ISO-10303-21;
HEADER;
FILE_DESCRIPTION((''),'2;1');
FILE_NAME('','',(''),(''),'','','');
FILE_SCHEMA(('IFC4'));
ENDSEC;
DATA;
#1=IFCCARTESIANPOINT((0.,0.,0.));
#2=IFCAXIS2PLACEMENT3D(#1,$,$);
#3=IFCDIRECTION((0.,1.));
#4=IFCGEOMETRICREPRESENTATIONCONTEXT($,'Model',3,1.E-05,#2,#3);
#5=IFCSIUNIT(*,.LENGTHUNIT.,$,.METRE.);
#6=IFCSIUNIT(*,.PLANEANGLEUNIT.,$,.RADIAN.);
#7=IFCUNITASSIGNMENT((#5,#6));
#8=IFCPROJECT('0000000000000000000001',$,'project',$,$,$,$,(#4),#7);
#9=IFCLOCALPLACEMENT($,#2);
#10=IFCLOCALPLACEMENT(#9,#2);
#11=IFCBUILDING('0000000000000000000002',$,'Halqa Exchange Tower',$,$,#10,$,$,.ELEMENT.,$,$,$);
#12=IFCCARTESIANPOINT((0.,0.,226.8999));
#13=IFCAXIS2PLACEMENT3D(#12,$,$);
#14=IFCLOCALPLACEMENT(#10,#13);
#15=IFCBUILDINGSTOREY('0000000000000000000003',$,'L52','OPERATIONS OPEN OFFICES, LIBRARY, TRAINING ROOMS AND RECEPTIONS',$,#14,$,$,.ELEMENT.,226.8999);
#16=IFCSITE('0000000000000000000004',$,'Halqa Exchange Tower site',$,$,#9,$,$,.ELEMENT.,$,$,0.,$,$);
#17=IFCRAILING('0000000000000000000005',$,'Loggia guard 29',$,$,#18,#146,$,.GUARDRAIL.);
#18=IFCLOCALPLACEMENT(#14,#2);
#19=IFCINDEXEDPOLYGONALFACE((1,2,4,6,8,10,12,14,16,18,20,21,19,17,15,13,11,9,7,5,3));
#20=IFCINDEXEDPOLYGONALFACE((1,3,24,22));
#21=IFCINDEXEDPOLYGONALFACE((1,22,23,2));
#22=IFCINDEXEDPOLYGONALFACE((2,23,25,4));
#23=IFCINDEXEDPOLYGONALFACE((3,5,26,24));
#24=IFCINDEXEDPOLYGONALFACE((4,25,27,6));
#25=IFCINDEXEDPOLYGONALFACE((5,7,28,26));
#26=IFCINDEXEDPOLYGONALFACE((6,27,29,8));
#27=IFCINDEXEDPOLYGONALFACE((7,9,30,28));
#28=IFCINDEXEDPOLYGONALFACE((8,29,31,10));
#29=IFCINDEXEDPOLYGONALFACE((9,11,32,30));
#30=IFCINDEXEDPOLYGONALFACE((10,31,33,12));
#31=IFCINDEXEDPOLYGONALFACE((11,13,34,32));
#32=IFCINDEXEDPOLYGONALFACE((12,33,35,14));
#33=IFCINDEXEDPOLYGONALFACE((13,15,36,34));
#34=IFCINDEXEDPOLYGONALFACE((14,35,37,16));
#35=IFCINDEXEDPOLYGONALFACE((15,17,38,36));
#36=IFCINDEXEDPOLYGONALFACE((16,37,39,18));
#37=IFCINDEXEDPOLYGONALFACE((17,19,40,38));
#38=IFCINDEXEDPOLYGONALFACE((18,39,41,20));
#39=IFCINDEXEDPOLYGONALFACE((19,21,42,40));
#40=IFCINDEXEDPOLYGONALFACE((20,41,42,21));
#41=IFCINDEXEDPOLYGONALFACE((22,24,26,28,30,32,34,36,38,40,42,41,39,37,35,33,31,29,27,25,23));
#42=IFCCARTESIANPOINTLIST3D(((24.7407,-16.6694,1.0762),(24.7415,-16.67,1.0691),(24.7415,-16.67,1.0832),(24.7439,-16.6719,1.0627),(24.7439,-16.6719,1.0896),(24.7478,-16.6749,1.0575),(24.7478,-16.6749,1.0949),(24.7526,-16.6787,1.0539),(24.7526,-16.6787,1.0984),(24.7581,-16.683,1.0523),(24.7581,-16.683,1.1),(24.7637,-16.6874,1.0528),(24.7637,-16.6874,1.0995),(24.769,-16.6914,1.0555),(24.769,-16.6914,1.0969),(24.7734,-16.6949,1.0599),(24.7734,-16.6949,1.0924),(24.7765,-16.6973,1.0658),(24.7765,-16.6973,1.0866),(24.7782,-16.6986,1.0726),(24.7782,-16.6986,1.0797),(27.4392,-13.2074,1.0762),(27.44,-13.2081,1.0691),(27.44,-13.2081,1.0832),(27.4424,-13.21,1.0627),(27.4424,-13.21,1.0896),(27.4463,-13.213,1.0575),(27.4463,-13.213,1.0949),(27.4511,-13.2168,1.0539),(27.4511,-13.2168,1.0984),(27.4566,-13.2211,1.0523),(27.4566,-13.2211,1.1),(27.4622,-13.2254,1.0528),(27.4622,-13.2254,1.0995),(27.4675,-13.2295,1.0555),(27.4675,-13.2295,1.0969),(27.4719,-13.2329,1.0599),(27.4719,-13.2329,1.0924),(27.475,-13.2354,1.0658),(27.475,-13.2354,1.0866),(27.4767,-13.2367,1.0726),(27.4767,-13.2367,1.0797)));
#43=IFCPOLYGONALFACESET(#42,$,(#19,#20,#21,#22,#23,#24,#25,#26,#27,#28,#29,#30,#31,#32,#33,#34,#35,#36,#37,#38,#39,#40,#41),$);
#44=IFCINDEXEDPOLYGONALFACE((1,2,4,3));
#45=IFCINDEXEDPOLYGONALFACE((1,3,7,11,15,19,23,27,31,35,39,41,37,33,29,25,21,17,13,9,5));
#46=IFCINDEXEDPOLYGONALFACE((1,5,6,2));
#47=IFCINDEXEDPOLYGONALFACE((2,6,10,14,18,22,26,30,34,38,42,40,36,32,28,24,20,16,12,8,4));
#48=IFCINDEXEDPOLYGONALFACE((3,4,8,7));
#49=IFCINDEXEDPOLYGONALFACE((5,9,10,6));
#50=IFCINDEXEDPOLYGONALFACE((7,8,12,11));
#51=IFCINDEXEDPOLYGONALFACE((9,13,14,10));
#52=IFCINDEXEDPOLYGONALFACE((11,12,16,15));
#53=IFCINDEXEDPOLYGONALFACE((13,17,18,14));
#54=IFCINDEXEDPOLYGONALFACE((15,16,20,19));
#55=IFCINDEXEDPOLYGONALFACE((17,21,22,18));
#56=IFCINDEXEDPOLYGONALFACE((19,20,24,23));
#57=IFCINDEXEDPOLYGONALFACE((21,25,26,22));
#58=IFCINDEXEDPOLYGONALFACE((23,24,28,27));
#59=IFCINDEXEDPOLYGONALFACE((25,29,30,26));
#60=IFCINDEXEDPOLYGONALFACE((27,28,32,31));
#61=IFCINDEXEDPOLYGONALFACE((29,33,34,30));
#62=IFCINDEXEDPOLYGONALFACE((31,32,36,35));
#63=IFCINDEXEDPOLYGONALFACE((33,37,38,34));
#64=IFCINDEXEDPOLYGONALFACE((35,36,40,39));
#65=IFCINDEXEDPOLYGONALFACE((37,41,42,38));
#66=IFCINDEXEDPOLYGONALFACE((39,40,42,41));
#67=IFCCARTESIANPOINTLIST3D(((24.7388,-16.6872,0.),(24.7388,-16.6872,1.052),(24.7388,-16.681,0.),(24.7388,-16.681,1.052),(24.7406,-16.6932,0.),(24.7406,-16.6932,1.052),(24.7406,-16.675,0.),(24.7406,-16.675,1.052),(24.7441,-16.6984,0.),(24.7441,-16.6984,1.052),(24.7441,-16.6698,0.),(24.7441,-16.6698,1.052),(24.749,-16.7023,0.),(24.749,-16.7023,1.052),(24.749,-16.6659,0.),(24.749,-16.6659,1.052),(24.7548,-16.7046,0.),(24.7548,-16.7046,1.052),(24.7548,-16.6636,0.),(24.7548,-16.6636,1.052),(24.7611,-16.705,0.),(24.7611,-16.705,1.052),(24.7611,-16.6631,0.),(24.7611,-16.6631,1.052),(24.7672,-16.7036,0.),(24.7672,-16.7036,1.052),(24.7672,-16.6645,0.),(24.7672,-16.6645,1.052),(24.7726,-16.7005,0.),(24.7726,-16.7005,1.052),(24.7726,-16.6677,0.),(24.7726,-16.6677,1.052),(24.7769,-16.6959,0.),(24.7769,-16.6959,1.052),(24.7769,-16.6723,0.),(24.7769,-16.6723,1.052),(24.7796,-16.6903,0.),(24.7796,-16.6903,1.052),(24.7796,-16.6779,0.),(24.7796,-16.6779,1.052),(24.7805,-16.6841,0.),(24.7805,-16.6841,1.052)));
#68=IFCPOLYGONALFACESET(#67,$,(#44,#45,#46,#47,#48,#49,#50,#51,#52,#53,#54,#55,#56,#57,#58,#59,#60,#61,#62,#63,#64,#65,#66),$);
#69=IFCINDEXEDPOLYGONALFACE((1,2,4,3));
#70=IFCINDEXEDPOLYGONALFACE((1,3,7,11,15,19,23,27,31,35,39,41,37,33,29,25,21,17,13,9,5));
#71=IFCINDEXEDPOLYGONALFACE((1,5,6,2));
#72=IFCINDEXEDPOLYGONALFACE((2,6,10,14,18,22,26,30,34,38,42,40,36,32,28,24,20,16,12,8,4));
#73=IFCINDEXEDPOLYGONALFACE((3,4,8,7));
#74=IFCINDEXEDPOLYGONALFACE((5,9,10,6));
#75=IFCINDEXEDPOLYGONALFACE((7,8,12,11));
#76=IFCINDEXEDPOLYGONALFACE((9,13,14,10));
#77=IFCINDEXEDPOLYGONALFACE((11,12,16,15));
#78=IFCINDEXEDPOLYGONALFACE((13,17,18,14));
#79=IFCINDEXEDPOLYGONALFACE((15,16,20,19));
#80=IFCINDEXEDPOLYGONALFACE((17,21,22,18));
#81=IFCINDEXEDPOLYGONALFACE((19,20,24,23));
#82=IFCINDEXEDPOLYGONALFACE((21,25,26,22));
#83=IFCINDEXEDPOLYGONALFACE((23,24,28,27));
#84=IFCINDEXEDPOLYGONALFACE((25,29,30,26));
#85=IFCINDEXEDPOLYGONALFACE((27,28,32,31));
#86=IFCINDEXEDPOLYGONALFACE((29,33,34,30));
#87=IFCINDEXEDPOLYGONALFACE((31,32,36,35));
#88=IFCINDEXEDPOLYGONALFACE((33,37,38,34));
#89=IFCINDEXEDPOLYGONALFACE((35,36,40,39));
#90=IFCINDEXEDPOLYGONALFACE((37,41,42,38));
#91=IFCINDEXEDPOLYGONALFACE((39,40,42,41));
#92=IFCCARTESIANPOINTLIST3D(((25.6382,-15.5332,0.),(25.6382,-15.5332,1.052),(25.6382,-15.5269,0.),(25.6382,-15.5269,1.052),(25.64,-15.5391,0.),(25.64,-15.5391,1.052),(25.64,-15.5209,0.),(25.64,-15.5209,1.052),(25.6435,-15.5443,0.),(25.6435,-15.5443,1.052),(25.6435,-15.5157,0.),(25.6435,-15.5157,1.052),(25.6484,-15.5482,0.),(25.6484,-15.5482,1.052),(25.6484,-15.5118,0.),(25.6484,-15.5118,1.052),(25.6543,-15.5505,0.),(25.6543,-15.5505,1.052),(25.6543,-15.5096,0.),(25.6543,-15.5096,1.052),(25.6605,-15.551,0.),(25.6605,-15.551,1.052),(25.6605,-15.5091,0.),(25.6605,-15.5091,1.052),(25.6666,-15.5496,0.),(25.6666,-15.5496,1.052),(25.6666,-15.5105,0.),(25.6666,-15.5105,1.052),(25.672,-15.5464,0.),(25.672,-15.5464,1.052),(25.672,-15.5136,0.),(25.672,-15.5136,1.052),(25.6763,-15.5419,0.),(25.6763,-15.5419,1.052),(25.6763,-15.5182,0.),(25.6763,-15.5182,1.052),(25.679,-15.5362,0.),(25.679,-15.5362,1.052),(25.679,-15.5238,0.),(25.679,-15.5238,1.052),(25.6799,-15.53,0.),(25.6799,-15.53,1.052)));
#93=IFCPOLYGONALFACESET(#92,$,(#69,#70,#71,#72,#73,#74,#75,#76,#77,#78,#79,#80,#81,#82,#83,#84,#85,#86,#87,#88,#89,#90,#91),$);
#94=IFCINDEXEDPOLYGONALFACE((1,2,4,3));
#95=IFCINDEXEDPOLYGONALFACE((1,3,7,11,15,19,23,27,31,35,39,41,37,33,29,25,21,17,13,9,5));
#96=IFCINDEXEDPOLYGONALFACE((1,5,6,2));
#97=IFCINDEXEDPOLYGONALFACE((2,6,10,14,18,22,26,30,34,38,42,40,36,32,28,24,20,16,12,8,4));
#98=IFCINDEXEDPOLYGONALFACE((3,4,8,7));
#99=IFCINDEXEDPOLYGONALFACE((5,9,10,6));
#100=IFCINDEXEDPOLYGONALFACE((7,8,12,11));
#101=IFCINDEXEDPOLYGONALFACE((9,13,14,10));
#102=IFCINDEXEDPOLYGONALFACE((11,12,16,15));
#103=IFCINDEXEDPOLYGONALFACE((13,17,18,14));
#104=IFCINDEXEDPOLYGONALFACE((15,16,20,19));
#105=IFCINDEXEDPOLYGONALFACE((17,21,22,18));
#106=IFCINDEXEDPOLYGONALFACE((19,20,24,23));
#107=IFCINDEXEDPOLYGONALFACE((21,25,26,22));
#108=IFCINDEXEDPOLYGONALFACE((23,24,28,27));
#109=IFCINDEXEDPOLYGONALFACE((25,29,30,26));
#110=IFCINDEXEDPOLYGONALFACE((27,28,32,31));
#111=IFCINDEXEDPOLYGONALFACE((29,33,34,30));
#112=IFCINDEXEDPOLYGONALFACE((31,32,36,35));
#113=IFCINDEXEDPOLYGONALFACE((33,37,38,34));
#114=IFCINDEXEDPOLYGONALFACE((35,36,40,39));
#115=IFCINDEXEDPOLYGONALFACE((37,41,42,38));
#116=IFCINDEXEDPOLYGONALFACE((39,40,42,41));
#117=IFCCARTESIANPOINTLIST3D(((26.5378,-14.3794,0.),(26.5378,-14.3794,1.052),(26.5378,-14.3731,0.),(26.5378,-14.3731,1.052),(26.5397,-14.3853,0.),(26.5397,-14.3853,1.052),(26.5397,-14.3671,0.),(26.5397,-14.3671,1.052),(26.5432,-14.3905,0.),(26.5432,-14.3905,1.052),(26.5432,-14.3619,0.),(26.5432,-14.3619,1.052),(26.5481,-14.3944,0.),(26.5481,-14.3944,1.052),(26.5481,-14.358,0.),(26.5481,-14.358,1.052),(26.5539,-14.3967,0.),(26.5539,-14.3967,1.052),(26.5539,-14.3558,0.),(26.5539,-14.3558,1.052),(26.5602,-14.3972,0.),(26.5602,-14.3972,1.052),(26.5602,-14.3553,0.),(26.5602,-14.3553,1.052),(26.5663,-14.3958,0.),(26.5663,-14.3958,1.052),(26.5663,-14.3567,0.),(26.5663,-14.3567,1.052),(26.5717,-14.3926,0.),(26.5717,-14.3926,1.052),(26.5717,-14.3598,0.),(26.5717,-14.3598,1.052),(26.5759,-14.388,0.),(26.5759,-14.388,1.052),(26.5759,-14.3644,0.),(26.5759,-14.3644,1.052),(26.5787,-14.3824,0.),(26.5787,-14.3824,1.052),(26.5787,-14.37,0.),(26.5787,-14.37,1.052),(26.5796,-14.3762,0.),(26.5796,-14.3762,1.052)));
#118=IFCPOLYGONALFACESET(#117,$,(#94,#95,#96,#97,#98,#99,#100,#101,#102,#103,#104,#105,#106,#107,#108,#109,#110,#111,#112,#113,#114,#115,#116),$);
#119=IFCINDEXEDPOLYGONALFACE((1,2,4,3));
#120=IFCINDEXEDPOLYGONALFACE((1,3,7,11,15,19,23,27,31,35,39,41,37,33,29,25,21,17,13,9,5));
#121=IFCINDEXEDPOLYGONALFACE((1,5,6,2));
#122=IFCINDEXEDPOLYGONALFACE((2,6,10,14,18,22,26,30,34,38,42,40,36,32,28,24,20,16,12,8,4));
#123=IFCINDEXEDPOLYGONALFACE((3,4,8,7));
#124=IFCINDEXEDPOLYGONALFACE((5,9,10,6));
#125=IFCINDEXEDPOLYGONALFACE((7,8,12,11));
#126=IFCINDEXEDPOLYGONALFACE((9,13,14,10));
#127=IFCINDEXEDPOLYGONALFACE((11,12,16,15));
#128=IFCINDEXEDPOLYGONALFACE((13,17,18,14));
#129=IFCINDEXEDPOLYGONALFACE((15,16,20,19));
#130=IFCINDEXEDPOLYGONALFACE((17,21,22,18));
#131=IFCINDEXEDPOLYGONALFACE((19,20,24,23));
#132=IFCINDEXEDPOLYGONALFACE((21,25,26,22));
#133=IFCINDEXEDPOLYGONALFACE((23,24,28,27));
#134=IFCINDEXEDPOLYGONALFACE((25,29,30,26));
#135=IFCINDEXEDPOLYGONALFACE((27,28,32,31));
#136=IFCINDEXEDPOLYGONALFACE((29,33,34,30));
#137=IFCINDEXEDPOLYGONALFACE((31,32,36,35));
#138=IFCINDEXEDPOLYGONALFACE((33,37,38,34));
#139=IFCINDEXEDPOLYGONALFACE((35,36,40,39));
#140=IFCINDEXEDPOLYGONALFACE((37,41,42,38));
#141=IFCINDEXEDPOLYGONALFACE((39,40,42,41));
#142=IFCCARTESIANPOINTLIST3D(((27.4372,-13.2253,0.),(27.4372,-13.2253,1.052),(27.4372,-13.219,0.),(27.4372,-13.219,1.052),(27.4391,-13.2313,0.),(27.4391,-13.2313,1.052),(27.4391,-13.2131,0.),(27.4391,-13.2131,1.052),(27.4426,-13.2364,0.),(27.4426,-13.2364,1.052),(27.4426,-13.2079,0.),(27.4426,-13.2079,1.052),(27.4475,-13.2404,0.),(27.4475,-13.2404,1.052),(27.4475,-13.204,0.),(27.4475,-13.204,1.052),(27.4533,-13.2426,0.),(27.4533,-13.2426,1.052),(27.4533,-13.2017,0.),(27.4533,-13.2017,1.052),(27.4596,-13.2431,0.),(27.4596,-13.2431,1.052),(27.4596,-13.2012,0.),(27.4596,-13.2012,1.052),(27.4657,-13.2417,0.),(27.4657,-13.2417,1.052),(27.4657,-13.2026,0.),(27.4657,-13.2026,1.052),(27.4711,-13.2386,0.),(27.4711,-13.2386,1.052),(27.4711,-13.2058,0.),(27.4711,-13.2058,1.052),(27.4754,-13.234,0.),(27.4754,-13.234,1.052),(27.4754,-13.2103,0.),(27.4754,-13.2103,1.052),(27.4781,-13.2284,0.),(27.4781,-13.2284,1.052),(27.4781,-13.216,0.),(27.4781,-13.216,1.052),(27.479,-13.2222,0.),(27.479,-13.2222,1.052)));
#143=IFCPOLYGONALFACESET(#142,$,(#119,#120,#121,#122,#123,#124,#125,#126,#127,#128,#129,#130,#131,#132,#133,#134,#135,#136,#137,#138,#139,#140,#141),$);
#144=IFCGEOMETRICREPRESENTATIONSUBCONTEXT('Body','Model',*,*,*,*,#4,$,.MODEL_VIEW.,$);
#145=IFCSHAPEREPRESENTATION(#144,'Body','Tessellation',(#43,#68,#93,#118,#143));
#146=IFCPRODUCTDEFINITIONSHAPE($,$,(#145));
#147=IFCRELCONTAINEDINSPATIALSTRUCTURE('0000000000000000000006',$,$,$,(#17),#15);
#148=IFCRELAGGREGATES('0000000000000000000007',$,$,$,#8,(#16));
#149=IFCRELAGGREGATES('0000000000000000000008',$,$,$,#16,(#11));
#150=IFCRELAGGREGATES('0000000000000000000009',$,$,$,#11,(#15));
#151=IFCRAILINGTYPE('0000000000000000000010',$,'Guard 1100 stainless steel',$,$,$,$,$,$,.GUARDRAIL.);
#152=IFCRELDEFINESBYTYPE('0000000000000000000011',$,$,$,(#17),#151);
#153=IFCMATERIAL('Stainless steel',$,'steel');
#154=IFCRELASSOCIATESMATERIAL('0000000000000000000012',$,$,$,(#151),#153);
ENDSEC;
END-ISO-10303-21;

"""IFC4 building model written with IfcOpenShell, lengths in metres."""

from ifc_helpers import new_model, si_unit, direction, frame, origin, origin_2d, place, context, subcontext, project, spatial, circle, extrude, material, type_object, element, save


model = new_model("IFC4")

# Units and contexts
model_context = context("Model", 3, precision=1e-05, world=origin(), true_north=direction((0.0, 1.0)))
body_context = subcontext(model_context, "Body", "Model", "MODEL_VIEW")
ifc_project = project(units=[si_unit("LENGTHUNIT", "METRE"), si_unit("PLANEANGLEUNIT", "RADIAN")], contexts=[model_context])

# Site, building, storey
site_placement = place(None, origin())
site = spatial("IfcSite", under=ifc_project, at=site_placement, Name="Halqa Exchange Tower site", CompositionType="ELEMENT", RefElevation=0.0)
building_placement = place(site_placement, origin())
building = spatial("IfcBuilding", under=site, at=building_placement, Name="Halqa Exchange Tower", CompositionType="ELEMENT")
storey_placement = place(building_placement, frame((0.0, 0.0, 226.8999)))
storey = spatial("IfcBuildingStorey", under=building, at=storey_placement, Name="L52", Description="OPERATIONS OPEN OFFICES, LIBRARY, TRAINING ROOMS AND RECEPTIONS", CompositionType="ELEMENT", Elevation=226.8999)

# Railing
ifc_material_1 = material(Name="Stainless steel", Category="steel")
railing_type = type_object("IfcRailingType", Name="Guard 1100 stainless steel", PredefinedType="GUARDRAIL", material=ifc_material_1)
railing_1_placement = place(storey_placement, frame((24.7595, -16.6841, 0.0)))
element("IfcRailing", 1, at=railing_1_placement, inside=storey, type_object=railing_type, Name="Loggia guard 29", PredefinedType="GUARDRAIL", context=body_context, shape_type="SweptSolid", body=[
    extrude(circle(Radius=0.0239, at=origin_2d()), frame((0.0, 0.0, 1.0762), z_axis=(0.614776, 0.788702, 0.0), x_axis=(-0.788702, 0.614776, 0.0)), (0.0, 0.0, 1.0), 4.3894),
    extrude(circle(Radius=0.021, at=origin_2d()), origin(), (0.0, 0.0, 1.0), 1.052),
    extrude(circle(Radius=0.021, at=origin_2d()), frame((0.8994, 1.1541, 0.0)), (0.0, 0.0, 1.0), 1.052),
    extrude(circle(Radius=0.021, at=origin_2d()), frame((1.7991, 2.3079, 0.0)), (0.0, 0.0, 1.0), 1.052),
    extrude(circle(Radius=0.021, at=origin_2d()), frame((2.6985, 3.4619, 0.0)), (0.0, 0.0, 1.0), 1.052),
])

save(model, "model.ifc")
